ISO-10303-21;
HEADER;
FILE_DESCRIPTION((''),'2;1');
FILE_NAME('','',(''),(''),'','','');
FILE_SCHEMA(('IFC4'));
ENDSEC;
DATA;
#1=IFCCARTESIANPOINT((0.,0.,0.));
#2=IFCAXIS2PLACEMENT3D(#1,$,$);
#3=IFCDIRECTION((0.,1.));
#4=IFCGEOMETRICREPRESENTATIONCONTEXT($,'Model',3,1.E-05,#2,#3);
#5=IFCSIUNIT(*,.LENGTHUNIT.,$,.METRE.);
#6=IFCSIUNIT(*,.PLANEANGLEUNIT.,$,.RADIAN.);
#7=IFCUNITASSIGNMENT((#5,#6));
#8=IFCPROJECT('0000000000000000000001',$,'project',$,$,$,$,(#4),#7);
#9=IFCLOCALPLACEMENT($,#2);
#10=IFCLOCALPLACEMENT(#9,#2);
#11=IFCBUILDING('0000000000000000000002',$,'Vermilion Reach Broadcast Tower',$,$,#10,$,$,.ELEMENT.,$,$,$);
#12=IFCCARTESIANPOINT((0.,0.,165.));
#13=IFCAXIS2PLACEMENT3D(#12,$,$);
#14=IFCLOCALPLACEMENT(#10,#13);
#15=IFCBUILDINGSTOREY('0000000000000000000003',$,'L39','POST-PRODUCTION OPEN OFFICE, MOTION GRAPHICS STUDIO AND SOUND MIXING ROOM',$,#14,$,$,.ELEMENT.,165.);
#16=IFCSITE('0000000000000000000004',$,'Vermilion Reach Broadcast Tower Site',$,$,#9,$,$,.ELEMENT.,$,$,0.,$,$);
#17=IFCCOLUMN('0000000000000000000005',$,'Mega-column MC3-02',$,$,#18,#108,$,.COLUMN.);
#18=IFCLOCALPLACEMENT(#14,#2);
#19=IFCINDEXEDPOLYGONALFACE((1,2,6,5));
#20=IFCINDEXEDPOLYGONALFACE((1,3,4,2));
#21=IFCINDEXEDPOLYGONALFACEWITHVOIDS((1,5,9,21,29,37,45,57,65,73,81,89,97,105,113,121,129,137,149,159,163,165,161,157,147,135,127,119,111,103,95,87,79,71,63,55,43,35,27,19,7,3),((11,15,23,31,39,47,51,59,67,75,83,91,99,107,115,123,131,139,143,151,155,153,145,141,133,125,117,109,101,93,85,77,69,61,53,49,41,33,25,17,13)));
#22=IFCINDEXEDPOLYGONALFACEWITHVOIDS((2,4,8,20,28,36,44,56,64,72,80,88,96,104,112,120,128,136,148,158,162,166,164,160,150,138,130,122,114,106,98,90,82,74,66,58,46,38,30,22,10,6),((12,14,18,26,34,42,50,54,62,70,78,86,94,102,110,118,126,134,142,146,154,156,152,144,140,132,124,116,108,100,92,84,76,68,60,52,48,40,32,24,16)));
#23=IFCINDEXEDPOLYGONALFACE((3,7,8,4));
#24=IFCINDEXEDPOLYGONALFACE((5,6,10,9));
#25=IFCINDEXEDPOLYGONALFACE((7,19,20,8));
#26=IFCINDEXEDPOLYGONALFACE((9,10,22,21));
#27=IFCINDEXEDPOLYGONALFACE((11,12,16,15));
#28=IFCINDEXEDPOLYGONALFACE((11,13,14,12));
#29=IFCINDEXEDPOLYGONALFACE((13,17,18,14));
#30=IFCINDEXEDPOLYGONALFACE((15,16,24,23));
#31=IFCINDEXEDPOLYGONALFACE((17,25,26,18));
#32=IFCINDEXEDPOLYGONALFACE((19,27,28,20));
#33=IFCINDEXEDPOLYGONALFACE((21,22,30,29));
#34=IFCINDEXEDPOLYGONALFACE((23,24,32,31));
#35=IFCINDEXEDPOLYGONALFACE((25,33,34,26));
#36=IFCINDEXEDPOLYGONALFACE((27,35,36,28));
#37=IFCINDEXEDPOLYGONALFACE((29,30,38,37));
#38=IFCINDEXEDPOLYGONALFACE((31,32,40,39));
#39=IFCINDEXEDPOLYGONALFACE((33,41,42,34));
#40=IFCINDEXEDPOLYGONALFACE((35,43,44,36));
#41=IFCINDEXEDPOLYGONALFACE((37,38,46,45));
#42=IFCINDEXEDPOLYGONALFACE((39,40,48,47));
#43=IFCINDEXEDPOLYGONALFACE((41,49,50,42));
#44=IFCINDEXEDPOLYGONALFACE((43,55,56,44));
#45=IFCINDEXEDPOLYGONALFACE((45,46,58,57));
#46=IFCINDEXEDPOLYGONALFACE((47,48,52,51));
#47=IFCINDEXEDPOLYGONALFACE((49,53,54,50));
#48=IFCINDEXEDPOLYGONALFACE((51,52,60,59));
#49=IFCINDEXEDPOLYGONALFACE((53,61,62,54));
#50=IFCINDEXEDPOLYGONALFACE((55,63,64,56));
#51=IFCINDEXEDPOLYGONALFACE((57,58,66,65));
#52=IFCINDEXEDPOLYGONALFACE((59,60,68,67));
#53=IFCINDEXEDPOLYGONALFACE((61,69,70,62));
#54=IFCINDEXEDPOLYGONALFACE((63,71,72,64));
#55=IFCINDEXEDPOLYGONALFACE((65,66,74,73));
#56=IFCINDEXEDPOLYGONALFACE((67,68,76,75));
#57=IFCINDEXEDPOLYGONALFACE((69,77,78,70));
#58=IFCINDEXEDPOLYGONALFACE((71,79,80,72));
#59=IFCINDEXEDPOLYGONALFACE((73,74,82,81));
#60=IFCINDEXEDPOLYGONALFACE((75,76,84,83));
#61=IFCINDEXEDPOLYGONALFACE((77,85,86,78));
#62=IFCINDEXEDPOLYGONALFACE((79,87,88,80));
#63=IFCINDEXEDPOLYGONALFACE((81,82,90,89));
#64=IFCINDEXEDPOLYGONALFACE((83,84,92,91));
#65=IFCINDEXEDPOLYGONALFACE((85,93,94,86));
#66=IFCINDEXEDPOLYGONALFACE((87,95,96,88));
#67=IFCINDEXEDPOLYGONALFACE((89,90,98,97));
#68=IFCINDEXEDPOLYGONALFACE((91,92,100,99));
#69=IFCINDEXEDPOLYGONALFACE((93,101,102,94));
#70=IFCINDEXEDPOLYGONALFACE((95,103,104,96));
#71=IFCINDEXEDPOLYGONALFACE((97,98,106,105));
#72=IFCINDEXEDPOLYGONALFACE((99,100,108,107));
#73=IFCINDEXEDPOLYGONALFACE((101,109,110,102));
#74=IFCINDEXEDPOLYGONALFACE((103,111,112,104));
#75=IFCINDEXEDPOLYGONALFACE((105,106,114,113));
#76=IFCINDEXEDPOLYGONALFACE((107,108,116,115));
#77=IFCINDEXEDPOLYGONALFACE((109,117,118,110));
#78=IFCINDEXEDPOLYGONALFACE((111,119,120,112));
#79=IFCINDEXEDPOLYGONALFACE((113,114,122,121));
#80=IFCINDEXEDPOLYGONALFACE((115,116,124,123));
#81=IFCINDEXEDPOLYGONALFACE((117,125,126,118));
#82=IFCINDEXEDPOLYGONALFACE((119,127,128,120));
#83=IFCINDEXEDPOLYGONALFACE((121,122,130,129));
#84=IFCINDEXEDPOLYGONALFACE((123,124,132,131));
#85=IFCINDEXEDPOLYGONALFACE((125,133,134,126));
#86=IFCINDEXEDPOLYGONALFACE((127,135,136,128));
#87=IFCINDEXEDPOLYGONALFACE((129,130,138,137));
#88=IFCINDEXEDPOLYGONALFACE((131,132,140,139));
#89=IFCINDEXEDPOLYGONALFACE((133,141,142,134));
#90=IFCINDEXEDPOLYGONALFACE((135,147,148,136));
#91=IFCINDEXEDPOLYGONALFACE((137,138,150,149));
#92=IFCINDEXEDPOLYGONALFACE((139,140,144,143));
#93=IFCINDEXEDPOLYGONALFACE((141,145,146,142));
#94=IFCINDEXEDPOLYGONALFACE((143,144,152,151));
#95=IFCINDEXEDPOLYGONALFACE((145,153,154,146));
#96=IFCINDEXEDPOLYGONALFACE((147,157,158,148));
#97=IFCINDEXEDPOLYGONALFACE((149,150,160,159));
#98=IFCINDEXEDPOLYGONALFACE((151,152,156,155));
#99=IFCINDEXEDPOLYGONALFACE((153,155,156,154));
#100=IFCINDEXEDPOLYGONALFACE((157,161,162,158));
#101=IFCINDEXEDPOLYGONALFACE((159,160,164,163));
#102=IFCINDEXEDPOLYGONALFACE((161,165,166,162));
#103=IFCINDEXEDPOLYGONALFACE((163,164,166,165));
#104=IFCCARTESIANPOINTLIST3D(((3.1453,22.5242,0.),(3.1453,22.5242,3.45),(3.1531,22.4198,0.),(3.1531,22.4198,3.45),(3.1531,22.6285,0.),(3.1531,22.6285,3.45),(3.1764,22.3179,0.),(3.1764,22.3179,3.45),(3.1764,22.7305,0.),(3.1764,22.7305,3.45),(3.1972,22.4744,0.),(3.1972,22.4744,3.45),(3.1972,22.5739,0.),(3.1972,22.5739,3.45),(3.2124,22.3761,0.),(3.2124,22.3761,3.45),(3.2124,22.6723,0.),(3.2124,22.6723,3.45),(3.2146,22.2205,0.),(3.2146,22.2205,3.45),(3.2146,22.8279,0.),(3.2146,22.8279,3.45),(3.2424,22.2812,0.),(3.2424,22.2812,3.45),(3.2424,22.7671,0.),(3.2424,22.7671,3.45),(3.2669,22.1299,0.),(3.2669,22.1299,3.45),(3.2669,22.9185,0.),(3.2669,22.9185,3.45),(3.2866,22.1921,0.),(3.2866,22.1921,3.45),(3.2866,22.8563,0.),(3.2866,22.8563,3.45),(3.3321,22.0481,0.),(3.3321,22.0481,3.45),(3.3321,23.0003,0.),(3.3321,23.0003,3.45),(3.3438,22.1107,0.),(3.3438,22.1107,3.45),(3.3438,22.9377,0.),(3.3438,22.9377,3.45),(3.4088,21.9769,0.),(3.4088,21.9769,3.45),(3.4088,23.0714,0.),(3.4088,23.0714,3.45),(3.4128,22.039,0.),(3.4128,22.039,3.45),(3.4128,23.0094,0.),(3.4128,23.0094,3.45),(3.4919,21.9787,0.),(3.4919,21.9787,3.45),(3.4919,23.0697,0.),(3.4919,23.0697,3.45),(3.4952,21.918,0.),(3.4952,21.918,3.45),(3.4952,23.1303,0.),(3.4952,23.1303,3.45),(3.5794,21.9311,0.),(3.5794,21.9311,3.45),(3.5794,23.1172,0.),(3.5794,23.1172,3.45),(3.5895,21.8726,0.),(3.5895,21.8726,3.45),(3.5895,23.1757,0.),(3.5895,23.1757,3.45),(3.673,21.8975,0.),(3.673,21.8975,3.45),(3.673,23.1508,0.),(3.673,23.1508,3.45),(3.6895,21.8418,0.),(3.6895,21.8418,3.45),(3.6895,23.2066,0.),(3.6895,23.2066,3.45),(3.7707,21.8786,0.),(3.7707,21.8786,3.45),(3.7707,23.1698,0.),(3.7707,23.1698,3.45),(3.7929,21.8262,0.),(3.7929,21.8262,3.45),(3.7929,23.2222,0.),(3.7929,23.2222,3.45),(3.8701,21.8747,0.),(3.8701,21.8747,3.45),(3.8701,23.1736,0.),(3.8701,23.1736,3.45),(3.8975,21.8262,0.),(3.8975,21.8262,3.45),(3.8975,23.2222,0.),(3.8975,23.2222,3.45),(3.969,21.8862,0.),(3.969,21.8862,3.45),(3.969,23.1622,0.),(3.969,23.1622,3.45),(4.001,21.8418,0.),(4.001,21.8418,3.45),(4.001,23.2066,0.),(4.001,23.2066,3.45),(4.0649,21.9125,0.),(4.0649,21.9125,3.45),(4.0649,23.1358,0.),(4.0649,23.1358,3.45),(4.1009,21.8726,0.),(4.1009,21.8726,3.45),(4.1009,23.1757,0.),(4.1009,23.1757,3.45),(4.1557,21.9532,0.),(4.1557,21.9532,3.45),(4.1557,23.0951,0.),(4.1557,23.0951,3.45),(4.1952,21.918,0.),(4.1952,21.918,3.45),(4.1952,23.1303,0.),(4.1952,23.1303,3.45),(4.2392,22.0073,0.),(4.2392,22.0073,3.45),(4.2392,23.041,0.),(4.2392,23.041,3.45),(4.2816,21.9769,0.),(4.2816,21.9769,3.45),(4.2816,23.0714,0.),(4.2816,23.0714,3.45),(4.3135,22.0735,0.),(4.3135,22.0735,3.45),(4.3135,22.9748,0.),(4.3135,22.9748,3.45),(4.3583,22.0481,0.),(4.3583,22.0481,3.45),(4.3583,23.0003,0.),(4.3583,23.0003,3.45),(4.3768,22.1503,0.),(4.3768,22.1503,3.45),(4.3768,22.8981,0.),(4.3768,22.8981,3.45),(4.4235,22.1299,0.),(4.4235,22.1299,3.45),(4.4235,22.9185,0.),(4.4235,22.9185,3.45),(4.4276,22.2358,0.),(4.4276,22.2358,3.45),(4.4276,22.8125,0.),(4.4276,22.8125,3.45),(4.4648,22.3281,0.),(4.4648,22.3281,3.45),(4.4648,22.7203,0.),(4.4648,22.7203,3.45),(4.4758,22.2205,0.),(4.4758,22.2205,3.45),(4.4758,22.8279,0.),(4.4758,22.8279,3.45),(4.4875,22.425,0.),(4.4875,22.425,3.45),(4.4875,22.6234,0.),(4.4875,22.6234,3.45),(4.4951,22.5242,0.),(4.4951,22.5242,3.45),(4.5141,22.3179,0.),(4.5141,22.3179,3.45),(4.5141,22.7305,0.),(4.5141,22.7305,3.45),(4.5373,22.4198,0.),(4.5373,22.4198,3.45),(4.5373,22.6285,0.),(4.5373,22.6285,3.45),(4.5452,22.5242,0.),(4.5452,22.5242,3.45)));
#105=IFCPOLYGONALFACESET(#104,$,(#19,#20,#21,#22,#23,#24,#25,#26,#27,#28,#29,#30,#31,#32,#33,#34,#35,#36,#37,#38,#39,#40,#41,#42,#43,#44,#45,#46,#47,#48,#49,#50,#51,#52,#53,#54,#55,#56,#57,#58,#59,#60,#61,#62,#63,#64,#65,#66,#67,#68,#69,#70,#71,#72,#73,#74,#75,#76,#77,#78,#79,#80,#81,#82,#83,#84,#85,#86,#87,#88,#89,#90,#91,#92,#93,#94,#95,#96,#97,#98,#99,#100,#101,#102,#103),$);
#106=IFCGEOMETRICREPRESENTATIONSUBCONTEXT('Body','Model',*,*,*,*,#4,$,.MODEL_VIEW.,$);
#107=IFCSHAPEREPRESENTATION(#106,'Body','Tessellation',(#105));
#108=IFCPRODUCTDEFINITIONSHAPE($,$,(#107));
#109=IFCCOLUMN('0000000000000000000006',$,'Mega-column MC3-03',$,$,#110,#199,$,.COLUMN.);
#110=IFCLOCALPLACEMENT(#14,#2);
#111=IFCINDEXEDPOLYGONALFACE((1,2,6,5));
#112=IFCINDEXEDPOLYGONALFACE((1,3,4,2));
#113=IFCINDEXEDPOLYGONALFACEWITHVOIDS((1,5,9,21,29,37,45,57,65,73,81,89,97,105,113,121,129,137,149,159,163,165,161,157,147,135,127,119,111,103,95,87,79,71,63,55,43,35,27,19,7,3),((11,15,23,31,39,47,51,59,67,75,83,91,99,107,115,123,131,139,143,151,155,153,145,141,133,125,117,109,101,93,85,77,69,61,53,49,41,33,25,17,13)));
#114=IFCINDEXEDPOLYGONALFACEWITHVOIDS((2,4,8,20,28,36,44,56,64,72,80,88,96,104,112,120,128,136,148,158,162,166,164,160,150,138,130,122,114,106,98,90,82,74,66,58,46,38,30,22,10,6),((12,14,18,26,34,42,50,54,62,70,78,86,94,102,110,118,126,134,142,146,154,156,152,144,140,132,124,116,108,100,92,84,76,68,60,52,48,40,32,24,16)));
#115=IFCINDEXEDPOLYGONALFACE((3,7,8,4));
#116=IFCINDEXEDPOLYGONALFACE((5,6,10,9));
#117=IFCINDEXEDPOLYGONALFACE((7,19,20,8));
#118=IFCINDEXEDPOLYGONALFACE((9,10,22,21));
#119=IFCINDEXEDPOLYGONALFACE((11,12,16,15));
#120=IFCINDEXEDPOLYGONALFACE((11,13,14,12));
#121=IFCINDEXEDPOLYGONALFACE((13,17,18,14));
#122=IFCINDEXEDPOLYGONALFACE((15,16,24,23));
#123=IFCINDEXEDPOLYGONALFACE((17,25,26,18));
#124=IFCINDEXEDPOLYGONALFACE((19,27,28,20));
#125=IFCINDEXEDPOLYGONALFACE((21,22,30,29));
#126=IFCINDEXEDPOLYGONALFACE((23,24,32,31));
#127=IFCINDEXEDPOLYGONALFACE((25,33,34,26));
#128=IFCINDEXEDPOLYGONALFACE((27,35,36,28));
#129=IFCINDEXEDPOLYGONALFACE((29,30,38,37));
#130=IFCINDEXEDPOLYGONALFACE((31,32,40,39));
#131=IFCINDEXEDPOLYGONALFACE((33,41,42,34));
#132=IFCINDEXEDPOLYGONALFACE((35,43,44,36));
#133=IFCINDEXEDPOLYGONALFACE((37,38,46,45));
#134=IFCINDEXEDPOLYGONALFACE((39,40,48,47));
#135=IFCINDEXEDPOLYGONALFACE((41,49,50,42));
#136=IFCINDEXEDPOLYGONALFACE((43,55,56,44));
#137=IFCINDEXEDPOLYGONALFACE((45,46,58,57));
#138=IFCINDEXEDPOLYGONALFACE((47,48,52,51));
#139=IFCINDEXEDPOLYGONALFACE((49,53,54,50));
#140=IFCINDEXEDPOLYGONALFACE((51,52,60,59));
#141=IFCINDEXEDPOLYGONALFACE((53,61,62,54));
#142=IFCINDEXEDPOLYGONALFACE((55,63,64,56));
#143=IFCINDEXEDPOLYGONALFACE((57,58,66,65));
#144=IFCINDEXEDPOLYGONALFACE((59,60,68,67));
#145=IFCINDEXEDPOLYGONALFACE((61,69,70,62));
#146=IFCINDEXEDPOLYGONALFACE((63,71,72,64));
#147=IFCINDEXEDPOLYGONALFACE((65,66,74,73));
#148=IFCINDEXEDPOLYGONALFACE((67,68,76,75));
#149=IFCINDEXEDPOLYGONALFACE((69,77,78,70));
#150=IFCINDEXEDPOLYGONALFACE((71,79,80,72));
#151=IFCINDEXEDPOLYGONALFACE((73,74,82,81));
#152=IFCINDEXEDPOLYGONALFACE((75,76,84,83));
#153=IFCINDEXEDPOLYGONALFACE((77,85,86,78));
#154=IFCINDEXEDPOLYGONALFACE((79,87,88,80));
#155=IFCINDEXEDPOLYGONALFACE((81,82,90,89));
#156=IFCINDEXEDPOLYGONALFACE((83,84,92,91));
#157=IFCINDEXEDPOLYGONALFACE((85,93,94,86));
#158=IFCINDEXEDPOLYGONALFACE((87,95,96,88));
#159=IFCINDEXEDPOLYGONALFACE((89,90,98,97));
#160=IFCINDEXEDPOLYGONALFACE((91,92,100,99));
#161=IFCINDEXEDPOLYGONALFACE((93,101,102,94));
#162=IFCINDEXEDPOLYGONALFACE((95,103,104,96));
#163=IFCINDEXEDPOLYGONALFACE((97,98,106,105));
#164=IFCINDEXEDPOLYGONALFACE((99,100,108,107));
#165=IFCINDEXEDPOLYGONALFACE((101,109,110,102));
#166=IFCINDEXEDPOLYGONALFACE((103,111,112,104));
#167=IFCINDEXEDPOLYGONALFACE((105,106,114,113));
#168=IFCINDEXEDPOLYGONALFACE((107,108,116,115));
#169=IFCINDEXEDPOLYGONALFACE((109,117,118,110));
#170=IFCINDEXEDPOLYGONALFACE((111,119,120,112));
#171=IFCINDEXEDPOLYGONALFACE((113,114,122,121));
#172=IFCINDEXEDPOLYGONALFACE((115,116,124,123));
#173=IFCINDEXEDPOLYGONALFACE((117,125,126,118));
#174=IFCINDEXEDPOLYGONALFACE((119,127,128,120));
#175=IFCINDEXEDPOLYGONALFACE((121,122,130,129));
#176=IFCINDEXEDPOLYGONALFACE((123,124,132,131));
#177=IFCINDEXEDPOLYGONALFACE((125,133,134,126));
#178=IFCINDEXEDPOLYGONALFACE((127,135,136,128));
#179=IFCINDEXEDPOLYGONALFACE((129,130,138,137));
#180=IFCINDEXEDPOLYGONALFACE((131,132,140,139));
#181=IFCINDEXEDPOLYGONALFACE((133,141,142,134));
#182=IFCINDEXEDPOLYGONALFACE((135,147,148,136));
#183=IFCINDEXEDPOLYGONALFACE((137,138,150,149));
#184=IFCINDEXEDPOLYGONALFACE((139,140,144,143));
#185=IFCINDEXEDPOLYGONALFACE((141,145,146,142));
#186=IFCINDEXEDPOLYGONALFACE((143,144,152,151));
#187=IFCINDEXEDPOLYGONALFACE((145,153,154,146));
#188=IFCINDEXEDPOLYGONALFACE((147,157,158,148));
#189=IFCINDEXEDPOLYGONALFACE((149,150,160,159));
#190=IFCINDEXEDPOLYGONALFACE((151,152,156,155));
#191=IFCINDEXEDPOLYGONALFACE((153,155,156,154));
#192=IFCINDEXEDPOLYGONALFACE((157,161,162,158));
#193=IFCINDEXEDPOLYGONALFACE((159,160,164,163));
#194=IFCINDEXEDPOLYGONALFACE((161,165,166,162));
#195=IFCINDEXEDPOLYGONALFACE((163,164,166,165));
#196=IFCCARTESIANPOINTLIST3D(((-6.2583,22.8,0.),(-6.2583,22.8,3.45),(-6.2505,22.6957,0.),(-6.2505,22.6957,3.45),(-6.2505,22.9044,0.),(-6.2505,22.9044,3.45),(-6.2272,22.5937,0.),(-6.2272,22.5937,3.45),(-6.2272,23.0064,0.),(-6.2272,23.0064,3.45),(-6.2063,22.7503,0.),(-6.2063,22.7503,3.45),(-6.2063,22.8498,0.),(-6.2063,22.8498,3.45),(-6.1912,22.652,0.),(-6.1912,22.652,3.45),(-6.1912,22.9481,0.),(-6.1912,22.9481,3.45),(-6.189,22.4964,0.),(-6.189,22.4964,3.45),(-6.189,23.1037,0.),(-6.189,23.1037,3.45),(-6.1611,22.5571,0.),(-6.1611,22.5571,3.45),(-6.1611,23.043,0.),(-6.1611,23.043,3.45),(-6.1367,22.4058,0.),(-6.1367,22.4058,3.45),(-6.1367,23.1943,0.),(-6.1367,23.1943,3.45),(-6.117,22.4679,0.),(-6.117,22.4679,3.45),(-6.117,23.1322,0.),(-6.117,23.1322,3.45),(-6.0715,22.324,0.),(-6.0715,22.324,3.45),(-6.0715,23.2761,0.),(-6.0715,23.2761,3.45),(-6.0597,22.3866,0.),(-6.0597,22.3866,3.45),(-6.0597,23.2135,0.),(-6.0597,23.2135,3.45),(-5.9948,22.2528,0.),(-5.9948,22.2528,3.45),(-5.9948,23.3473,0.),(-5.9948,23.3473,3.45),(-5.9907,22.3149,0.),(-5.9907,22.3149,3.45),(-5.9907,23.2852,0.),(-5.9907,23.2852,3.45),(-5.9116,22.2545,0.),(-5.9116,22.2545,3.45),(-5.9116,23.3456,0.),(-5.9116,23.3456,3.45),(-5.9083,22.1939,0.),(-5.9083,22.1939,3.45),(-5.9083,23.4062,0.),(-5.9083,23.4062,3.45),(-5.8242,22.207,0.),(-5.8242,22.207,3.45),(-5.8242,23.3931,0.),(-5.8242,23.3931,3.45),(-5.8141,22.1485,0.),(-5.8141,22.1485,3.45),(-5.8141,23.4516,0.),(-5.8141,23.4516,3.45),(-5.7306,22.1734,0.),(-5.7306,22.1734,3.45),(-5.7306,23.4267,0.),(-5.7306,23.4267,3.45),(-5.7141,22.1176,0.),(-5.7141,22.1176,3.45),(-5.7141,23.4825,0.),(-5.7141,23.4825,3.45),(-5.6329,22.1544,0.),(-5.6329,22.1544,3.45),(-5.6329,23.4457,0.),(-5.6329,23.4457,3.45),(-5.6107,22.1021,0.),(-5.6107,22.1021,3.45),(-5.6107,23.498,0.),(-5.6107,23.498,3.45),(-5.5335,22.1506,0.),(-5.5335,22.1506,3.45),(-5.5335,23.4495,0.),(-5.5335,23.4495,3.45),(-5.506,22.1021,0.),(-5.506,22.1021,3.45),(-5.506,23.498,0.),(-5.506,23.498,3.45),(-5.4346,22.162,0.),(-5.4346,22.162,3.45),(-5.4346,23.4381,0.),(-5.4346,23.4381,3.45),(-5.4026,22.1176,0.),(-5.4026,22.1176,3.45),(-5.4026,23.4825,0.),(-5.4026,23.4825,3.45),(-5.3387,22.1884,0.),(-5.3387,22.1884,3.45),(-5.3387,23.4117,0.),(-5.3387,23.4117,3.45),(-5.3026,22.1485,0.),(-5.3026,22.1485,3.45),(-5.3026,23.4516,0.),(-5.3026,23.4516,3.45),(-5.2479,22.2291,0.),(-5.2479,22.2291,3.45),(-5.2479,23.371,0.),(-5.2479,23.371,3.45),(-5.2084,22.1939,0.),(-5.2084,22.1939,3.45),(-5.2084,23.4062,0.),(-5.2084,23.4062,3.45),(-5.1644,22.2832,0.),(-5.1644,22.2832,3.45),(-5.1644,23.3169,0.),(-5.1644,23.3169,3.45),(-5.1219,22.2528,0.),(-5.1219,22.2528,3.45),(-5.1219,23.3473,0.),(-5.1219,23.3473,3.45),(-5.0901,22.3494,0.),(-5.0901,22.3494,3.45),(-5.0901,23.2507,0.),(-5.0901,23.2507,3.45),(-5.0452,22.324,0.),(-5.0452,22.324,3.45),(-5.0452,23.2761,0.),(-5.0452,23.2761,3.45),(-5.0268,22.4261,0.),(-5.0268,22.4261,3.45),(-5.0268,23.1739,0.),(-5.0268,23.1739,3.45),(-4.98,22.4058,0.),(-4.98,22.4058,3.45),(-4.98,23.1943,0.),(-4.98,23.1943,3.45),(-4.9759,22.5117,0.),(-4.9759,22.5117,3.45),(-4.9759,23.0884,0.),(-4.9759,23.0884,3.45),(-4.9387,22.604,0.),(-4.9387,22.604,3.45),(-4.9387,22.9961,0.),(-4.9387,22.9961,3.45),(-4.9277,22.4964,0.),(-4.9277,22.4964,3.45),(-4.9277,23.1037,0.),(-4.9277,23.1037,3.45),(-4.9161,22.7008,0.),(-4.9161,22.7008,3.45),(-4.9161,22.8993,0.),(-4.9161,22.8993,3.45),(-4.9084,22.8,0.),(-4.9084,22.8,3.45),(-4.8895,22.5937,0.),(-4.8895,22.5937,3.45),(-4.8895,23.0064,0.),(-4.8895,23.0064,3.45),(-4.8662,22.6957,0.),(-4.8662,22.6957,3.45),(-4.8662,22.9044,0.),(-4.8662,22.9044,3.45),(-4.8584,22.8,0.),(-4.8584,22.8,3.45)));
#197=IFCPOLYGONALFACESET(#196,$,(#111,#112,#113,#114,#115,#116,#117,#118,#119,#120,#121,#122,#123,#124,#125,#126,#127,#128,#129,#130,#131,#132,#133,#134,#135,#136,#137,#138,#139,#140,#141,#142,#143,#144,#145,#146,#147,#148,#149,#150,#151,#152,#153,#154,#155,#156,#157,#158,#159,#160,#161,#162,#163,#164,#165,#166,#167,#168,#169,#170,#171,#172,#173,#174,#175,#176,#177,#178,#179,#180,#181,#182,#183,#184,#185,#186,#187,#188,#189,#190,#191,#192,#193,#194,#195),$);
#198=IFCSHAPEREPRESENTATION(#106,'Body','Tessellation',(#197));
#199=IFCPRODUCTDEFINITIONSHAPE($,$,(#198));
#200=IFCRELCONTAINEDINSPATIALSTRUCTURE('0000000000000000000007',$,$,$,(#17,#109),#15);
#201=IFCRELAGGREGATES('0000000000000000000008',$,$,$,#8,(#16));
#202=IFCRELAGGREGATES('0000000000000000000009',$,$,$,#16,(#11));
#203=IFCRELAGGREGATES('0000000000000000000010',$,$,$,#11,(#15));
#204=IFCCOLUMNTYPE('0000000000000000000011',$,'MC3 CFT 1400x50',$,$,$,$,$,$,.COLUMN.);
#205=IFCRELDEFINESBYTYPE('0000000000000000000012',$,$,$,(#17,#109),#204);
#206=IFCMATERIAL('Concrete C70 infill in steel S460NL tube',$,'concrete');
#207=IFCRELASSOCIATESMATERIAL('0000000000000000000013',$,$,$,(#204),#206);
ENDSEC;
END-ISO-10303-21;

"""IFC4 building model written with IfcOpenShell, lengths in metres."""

from ifc_helpers import new_model, si_unit, direction, frame, origin, origin_2d, place, context, subcontext, project, spatial, hollow_circle, extrude, material, material_profile, profile_set, type_object, element, save


model = new_model("IFC4")

# Units and contexts
model_context = context("Model", 3, precision=1e-05, world=origin(), true_north=direction((0.0, 1.0)))
body_context = subcontext(model_context, "Body", "Model", "MODEL_VIEW")
ifc_project = project(units=[si_unit("LENGTHUNIT", "METRE"), si_unit("PLANEANGLEUNIT", "RADIAN")], contexts=[model_context])

# Site, building, storey
site_placement = place(None, origin())
site = spatial("IfcSite", under=ifc_project, at=site_placement, Name="Vermilion Reach Broadcast Tower Site", CompositionType="ELEMENT", RefElevation=0.0)
building_placement = place(site_placement, origin())
building = spatial("IfcBuilding", under=site, at=building_placement, Name="Vermilion Reach Broadcast Tower", CompositionType="ELEMENT")
storey_placement = place(building_placement, frame((0.0, 0.0, 165.0)))
storey = spatial("IfcBuildingStorey", under=building, at=storey_placement, Name="L39", Description="POST-PRODUCTION OPEN OFFICE, MOTION GRAPHICS STUDIO AND SOUND MIXING ROOM", CompositionType="ELEMENT", Elevation=165.0)

# Columns
ifc_material_1 = material(Name="Concrete C70 infill in steel S460NL tube", Category="concrete")
ifc_material_profile_1 = material_profile(ifc_material_1, hollow_circle(Radius=0.7, WallThickness=0.05, at=origin_2d()), Name="Concrete C70 infill in steel S460NL tube CFT 1400x50")
ifc_profile_set_1 = profile_set([ifc_material_profile_1], Name="Concrete C70 infill in steel S460NL tube")
column_type = type_object("IfcColumnType", Name="MC3 CFT 1400x50", PredefinedType="COLUMN", material=ifc_profile_set_1)
for number, where, z_axis, x_axis, name in (
    (1, (3.8452, 22.5242, 0.0), (0.0, 0.0, 1.0), (1.0, 0.0, 0.0), "Mega-column MC3-02"),
    (2, (-5.5583, 22.8, 0.0), (0.0, 0.0, 1.0), (1.0, 0.0, 0.0), "Mega-column MC3-03"),
):
    element("IfcColumn", number, at=place(storey_placement, frame(where, z_axis=z_axis, x_axis=x_axis)), inside=storey, type_object=column_type, Name=name, PredefinedType="COLUMN", context=body_context, shape_type="SweptSolid", body=[
        extrude(hollow_circle(Radius=0.7, WallThickness=0.05, at=origin_2d()), origin(), (0.0, 0.0, 1.0), 3.45),
    ])

save(model, "model.ifc")
